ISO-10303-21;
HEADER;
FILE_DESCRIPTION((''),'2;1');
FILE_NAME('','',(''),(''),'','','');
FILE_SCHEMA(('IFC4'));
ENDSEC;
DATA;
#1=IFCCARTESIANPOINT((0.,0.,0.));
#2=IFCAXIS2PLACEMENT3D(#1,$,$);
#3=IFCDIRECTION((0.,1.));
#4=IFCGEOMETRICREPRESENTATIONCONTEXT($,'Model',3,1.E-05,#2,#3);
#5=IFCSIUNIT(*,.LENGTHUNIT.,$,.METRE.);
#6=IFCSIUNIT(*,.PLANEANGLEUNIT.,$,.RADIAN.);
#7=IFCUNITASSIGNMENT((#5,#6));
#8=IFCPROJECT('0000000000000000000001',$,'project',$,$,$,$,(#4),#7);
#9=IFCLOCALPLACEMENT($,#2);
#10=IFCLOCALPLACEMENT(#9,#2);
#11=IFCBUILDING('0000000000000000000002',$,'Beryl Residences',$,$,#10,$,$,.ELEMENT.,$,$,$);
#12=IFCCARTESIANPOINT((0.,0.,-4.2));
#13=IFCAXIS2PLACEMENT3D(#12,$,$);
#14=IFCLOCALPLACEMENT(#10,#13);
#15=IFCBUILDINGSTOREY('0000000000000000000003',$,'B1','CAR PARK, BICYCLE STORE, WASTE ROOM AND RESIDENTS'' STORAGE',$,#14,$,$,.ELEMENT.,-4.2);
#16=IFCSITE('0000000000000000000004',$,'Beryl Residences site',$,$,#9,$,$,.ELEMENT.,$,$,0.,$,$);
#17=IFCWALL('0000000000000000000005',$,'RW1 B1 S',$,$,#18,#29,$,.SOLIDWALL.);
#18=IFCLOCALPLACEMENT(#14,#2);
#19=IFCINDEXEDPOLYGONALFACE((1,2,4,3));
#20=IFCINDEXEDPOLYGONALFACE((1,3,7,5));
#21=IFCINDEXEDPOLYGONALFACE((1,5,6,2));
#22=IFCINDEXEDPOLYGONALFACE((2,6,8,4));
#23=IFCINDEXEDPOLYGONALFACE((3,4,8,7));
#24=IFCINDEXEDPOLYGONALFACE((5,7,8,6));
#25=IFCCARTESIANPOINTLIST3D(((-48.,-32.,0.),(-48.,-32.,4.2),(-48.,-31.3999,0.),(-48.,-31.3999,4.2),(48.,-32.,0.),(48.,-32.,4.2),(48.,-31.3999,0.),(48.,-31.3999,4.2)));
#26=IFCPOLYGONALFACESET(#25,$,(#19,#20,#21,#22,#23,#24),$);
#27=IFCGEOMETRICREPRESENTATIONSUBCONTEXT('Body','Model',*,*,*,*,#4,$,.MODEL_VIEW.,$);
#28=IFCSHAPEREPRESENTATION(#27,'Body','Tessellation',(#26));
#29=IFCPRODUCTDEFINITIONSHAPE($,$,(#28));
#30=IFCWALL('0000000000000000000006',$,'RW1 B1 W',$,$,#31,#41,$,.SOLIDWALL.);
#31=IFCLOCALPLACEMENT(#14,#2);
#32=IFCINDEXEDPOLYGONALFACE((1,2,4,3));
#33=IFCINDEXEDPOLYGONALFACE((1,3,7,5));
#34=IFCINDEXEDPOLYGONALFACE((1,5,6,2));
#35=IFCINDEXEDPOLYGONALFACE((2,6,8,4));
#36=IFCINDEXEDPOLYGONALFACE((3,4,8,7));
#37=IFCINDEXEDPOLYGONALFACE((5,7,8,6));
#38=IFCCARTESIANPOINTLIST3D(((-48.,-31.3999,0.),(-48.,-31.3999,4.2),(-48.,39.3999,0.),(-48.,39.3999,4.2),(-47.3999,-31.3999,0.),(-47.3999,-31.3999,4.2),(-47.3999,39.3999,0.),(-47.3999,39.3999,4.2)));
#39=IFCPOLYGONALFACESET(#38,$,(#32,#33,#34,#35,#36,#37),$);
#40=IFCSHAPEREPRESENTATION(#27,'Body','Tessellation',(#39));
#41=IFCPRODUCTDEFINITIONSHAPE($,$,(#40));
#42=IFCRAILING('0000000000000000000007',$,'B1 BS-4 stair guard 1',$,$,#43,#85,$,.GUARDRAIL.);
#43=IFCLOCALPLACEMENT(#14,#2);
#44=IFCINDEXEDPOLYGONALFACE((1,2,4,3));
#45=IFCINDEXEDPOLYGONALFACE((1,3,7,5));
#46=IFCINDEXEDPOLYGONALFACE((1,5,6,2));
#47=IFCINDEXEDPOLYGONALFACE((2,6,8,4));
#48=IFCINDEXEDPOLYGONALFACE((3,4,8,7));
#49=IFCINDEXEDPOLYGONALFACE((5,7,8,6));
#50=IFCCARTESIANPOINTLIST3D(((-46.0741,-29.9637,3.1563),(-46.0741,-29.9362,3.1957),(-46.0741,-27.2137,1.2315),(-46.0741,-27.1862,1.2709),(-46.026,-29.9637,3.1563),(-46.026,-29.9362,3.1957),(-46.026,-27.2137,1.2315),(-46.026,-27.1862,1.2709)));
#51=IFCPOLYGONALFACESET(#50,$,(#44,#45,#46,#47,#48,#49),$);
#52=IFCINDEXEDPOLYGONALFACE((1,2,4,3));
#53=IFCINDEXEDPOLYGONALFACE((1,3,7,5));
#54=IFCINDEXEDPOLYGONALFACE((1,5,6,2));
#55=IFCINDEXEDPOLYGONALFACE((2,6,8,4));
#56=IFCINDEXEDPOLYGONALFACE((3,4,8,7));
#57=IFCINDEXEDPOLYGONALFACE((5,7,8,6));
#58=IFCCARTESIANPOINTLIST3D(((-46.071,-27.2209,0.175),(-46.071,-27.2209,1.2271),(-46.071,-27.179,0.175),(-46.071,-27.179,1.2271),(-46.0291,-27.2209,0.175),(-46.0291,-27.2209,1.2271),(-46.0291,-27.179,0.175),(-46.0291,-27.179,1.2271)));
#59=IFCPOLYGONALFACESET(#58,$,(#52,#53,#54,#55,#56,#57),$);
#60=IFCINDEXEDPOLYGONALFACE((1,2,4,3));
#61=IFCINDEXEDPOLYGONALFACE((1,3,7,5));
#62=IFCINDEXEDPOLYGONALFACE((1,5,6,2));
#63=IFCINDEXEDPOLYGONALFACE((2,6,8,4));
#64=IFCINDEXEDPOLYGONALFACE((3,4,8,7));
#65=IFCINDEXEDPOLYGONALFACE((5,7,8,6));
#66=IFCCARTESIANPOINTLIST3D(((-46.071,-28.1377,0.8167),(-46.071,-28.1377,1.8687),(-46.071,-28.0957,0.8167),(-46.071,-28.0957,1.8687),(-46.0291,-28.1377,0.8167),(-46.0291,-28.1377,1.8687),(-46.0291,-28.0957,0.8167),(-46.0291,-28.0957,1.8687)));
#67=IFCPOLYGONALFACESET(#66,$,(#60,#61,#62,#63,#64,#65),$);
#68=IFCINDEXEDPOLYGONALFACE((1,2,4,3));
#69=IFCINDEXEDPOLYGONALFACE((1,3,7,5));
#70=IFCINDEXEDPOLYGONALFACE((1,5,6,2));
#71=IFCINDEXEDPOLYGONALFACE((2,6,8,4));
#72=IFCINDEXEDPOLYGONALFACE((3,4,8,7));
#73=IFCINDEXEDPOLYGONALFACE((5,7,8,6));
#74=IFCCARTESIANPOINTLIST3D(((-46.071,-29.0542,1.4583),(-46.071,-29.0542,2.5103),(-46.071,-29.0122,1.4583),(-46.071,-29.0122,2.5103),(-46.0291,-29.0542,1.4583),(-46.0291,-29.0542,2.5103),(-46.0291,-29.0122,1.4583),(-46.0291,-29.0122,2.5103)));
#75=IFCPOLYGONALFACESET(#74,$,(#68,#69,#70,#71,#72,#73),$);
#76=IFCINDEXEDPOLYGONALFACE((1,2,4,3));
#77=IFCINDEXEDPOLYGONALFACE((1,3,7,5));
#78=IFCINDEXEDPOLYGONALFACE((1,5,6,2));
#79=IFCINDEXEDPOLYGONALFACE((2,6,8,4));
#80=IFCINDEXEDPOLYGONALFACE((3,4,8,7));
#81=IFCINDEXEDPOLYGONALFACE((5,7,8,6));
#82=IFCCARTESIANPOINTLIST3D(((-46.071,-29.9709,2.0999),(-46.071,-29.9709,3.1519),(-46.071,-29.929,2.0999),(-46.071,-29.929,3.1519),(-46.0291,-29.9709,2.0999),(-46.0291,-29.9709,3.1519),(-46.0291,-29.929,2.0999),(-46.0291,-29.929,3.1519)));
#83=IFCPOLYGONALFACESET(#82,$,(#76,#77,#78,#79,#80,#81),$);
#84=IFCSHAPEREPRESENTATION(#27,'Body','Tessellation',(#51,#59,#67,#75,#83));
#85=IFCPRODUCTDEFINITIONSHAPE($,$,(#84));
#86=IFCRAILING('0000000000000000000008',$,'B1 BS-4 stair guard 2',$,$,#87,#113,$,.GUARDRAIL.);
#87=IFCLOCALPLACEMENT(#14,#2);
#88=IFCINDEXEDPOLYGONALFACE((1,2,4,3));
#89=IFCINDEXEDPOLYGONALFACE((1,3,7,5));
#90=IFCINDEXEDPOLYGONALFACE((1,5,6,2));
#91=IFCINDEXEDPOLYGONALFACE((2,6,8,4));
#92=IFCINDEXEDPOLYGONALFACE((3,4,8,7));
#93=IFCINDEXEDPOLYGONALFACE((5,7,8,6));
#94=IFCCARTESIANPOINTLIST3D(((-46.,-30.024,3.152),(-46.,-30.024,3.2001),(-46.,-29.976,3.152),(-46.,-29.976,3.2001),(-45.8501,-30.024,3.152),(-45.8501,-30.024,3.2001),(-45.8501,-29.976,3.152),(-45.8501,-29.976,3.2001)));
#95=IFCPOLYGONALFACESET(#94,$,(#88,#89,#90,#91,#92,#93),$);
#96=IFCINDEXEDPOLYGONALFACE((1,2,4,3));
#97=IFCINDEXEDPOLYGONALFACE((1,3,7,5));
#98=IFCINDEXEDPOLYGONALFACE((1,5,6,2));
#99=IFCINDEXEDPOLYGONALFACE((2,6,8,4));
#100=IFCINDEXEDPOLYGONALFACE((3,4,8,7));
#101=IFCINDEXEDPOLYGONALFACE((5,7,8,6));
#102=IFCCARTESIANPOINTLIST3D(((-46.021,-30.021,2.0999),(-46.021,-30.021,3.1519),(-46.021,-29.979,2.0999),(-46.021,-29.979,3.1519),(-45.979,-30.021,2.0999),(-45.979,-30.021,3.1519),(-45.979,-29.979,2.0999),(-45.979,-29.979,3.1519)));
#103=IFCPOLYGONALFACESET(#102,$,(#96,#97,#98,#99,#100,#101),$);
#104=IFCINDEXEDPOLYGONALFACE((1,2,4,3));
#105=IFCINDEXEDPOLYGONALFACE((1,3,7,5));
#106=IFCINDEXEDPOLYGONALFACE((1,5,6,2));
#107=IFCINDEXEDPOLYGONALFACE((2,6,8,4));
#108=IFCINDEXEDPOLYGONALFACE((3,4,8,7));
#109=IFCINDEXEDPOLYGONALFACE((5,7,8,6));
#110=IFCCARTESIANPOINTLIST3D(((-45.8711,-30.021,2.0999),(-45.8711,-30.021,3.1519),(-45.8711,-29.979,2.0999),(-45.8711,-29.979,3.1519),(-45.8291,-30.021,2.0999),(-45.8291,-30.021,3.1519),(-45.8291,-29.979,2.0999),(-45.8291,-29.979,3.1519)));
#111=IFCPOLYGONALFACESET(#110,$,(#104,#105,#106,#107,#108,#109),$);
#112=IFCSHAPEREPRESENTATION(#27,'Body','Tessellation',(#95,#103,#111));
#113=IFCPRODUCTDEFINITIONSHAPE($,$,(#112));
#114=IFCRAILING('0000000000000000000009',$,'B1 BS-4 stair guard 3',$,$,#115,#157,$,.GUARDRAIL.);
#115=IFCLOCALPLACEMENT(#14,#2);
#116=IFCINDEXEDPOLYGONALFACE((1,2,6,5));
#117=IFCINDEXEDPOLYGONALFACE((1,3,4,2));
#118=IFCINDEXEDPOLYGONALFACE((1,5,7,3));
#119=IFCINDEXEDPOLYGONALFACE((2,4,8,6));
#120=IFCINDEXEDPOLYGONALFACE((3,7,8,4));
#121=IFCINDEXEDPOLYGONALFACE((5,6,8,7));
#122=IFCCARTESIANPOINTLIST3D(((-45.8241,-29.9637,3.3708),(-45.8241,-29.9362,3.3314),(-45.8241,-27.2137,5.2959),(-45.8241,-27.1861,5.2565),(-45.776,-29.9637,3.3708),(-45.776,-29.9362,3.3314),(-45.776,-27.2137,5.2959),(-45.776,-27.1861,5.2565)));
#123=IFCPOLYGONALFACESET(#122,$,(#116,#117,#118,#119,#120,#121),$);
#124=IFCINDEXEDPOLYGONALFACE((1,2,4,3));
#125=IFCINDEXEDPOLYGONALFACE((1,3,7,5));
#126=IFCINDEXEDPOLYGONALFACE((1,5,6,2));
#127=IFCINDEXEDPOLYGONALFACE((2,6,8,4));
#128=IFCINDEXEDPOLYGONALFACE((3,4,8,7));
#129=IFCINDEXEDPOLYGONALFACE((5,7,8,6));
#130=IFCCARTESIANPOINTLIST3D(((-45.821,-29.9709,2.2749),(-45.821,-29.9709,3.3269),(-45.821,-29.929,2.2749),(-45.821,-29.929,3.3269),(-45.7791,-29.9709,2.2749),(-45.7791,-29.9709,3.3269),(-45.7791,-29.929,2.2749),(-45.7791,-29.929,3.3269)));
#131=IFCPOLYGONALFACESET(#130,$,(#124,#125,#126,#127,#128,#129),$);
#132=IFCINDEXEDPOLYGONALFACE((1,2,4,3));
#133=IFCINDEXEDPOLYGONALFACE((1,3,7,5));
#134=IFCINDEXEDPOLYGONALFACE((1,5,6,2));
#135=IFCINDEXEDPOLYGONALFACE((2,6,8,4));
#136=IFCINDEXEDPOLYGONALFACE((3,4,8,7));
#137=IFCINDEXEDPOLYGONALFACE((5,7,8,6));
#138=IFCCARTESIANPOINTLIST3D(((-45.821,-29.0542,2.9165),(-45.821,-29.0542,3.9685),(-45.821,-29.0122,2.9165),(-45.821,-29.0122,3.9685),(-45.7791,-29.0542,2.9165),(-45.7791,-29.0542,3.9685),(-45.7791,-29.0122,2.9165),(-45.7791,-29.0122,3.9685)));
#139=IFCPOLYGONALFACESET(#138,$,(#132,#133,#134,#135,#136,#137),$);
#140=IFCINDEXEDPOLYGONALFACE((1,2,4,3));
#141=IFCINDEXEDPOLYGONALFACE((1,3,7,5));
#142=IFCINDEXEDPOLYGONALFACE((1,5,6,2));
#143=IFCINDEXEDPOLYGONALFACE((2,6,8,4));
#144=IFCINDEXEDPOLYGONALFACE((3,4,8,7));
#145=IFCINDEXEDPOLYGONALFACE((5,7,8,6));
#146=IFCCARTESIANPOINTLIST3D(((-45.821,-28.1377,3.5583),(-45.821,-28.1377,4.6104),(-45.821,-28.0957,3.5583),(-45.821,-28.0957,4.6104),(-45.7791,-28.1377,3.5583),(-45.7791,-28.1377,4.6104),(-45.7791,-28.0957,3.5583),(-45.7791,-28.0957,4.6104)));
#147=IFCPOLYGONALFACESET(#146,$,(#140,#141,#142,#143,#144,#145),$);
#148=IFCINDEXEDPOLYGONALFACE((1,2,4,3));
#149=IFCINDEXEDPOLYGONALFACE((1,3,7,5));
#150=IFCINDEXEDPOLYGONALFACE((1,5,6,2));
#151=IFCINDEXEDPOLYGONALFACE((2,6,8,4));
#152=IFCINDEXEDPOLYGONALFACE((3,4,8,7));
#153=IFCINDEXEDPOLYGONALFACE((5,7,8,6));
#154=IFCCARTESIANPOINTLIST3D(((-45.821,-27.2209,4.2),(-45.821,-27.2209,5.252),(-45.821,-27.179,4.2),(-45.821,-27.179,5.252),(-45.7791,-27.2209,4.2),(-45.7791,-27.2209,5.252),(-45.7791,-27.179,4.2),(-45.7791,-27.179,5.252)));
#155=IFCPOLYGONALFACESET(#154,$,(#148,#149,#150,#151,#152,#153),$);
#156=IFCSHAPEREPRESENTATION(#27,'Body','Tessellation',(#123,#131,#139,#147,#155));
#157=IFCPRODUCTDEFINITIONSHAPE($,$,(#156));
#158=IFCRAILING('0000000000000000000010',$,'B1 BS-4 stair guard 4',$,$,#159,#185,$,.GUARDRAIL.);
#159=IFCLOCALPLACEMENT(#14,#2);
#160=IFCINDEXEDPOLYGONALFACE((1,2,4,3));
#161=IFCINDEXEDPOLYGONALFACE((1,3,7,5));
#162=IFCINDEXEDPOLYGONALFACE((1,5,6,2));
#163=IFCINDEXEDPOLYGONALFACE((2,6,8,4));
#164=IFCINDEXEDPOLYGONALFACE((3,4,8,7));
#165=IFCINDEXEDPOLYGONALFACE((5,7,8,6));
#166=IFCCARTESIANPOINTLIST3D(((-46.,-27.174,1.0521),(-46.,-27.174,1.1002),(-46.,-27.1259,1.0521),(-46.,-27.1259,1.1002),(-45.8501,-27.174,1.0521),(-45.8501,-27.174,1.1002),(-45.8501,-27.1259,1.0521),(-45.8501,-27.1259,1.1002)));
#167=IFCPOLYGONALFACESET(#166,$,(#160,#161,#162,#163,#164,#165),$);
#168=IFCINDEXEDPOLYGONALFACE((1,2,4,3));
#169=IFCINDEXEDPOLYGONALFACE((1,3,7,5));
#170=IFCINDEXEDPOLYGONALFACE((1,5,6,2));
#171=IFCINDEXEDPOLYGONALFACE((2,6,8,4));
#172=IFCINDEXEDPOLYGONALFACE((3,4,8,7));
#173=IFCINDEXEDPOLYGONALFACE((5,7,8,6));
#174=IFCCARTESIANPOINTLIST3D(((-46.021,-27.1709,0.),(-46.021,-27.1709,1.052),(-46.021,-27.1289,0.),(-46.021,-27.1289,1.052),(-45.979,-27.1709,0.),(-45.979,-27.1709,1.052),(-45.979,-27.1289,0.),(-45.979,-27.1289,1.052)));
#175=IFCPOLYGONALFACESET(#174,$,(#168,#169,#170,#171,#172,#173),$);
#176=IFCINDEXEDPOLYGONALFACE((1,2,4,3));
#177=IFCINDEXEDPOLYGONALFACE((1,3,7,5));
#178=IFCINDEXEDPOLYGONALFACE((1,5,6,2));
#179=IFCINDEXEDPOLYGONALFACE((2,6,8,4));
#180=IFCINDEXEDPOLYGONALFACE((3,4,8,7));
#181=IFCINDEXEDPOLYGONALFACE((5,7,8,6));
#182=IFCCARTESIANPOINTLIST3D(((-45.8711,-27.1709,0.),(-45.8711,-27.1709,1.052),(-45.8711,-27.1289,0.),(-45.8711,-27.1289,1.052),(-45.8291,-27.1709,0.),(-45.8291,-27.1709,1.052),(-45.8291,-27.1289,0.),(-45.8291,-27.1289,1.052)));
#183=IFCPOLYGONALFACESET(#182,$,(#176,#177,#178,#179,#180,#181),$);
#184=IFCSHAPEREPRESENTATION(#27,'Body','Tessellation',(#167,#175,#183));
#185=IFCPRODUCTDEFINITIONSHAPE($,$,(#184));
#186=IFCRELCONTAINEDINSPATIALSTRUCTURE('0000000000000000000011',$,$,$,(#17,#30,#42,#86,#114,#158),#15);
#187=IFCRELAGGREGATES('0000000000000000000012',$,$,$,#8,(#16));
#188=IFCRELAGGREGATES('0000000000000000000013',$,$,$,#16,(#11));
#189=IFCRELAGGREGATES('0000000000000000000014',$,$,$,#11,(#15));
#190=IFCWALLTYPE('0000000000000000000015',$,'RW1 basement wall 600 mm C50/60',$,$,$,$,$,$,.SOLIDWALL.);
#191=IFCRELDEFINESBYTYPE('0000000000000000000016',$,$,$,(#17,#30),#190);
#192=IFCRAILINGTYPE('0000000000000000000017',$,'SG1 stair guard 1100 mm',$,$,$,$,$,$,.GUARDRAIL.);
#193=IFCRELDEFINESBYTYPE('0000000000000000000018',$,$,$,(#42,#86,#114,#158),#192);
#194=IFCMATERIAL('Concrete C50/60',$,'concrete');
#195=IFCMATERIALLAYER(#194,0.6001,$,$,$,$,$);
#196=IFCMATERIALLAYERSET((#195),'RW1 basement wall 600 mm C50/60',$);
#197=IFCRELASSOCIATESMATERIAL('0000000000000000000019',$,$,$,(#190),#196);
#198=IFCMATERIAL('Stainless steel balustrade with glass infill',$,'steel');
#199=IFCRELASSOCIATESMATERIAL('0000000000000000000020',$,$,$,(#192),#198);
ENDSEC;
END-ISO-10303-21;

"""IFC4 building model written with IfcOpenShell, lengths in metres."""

from ifc_helpers import new_model, si_unit, direction, frame, frame_2d, origin, origin_2d, place, context, subcontext, project, spatial, rectangle, extrude, material, layer, layer_set, type_object, element, save


model = new_model("IFC4")

# Units and contexts
model_context = context("Model", 3, precision=1e-05, world=origin(), true_north=direction((0.0, 1.0)))
body_context = subcontext(model_context, "Body", "Model", "MODEL_VIEW")
ifc_project = project(units=[si_unit("LENGTHUNIT", "METRE"), si_unit("PLANEANGLEUNIT", "RADIAN")], contexts=[model_context])

# Site, building, storey
site_placement = place(None, origin())
site = spatial("IfcSite", under=ifc_project, at=site_placement, Name="Beryl Residences site", CompositionType="ELEMENT", RefElevation=0.0)
building_placement = place(site_placement, origin())
building = spatial("IfcBuilding", under=site, at=building_placement, Name="Beryl Residences", CompositionType="ELEMENT")
storey_placement = place(building_placement, frame((0.0, 0.0, -4.2)))
storey = spatial("IfcBuildingStorey", under=building, at=storey_placement, Name="B1", Description="CAR PARK, BICYCLE STORE, WASTE ROOM AND RESIDENTS' STORAGE", CompositionType="ELEMENT", Elevation=-4.2)

# Walls
ifc_material_1 = material(Name="Concrete C50/60", Category="concrete")
ifc_layer_1 = layer(ifc_material_1, 0.6001)
ifc_layer_set_1 = layer_set([ifc_layer_1], Name="RW1 basement wall 600 mm C50/60")
wall_type_1 = type_object("IfcWallType", Name="RW1 basement wall 600 mm C50/60", PredefinedType="SOLIDWALL", material=ifc_layer_set_1)
wall_1_placement = place(storey_placement, frame((-48.0, -31.7, 0.0), z_axis=(0.0, 0.0, 1.0), x_axis=(1.0, 0.0, 0.0)))
element("IfcWall", 1, at=wall_1_placement, inside=storey, type_object=wall_type_1, Name="RW1 B1 S", PredefinedType="SOLIDWALL", context=body_context, shape_type="SweptSolid", body=[
    extrude(rectangle(XDim=96.0, YDim=0.6001, at=frame_2d((48.0, 0.0))), origin(), (0.0, 0.0, 1.0), 4.2),
])
wall_2_placement = place(storey_placement, frame((-47.7, -31.3999, 0.0), z_axis=(0.0, 0.0, 1.0), x_axis=(0.0, 1.0, 0.0)))
element("IfcWall", 2, at=wall_2_placement, inside=storey, type_object=wall_type_1, Name="RW1 B1 W", PredefinedType="SOLIDWALL", context=body_context, shape_type="SweptSolid", body=[
    extrude(rectangle(XDim=70.7998, YDim=0.6001, at=frame_2d((35.3999, 0.0))), origin(), (0.0, 0.0, 1.0), 4.2),
])

# Railings
ifc_material_2 = material(Name="Stainless steel balustrade with glass infill", Category="steel")
railing_type_1 = type_object("IfcRailingType", Name="SG1 stair guard 1100 mm", PredefinedType="GUARDRAIL", material=ifc_material_2)
railing_1_placement = place(storey_placement, frame((-46.05, -27.2, 0.175)))
element("IfcRailing", 3, at=railing_1_placement, inside=storey, type_object=railing_type_1, Name="B1 BS-4 stair guard 1", PredefinedType="GUARDRAIL", context=body_context, shape_type="SweptSolid", body=[
    extrude(rectangle(XDim=0.0481, YDim=0.0481, at=origin_2d()), frame((0.0, 0.0, 1.0762), z_axis=(0.0, -0.819259, 0.573423), x_axis=(1.0, 0.0, 0.0)), (0.0, 0.0, 1.0), 3.3567),
    extrude(rectangle(XDim=0.042, YDim=0.042, at=origin_2d()), origin(), (0.0, 0.0, 1.0), 1.052),
    extrude(rectangle(XDim=0.042, YDim=0.042, at=origin_2d()), frame((0.0, -0.9167, 0.6416)), (0.0, 0.0, 1.0), 1.052),
    extrude(rectangle(XDim=0.042, YDim=0.042, at=origin_2d()), frame((0.0, -1.8333, 1.2832)), (0.0, 0.0, 1.0), 1.052),
    extrude(rectangle(XDim=0.042, YDim=0.042, at=origin_2d()), frame((0.0, -2.75, 1.9248)), (0.0, 0.0, 1.0), 1.052),
])
railing_2_placement = place(storey_placement, frame((-46.0, -30.0, 2.0999)))
element("IfcRailing", 4, at=railing_2_placement, inside=storey, type_object=railing_type_1, Name="B1 BS-4 stair guard 2", PredefinedType="GUARDRAIL", context=body_context, shape_type="SweptSolid", body=[
    extrude(rectangle(XDim=0.0481, YDim=0.0481, at=origin_2d()), frame((0.0, 0.0, 1.0762), z_axis=(1.0, 0.0, 0.0), x_axis=(0.0, 1.0, 0.0)), (0.0, 0.0, 1.0), 0.1499),
    extrude(rectangle(XDim=0.042, YDim=0.042, at=origin_2d()), origin(), (0.0, 0.0, 1.0), 1.052),
    extrude(rectangle(XDim=0.042, YDim=0.042, at=origin_2d()), frame((0.1499, 0.0, 0.0)), (0.0, 0.0, 1.0), 1.052),
])
railing_3_placement = place(storey_placement, frame((-45.8, -29.95, 2.2749)))
element("IfcRailing", 5, at=railing_3_placement, inside=storey, type_object=railing_type_1, Name="B1 BS-4 stair guard 3", PredefinedType="GUARDRAIL", context=body_context, shape_type="SweptSolid", body=[
    extrude(rectangle(XDim=0.0481, YDim=0.0481, at=origin_2d()), frame((0.0, 0.0, 1.0762), z_axis=(0.0, 0.819225, 0.573472), x_axis=(-1.0, 0.0, 0.0)), (0.0, 0.0, 1.0), 3.3569),
    extrude(rectangle(XDim=0.042, YDim=0.042, at=origin_2d()), origin(), (0.0, 0.0, 1.0), 1.052),
    extrude(rectangle(XDim=0.042, YDim=0.042, at=origin_2d()), frame((0.0, 0.9167, 0.6416)), (0.0, 0.0, 1.0), 1.052),
    extrude(rectangle(XDim=0.042, YDim=0.042, at=origin_2d()), frame((0.0, 1.8333, 1.2834)), (0.0, 0.0, 1.0), 1.052),
    extrude(rectangle(XDim=0.042, YDim=0.042, at=origin_2d()), frame((0.0, 2.75, 1.925)), (0.0, 0.0, 1.0), 1.052),
])
railing_4_placement = place(storey_placement, frame((-46.0, -27.1499, 0.0)))
element("IfcRailing", 6, at=railing_4_placement, inside=storey, type_object=railing_type_1, Name="B1 BS-4 stair guard 4", PredefinedType="GUARDRAIL", context=body_context, shape_type="SweptSolid", body=[
    extrude(rectangle(XDim=0.0481, YDim=0.0481, at=origin_2d()), frame((0.0, 0.0, 1.0762), z_axis=(1.0, 0.0, 0.0), x_axis=(0.0, 1.0, 0.0)), (0.0, 0.0, 1.0), 0.1499),
    extrude(rectangle(XDim=0.042, YDim=0.042, at=origin_2d()), origin(), (0.0, 0.0, 1.0), 1.052),
    extrude(rectangle(XDim=0.042, YDim=0.042, at=origin_2d()), frame((0.1499, 0.0, 0.0)), (0.0, 0.0, 1.0), 1.052),
])

save(model, "model.ifc")
